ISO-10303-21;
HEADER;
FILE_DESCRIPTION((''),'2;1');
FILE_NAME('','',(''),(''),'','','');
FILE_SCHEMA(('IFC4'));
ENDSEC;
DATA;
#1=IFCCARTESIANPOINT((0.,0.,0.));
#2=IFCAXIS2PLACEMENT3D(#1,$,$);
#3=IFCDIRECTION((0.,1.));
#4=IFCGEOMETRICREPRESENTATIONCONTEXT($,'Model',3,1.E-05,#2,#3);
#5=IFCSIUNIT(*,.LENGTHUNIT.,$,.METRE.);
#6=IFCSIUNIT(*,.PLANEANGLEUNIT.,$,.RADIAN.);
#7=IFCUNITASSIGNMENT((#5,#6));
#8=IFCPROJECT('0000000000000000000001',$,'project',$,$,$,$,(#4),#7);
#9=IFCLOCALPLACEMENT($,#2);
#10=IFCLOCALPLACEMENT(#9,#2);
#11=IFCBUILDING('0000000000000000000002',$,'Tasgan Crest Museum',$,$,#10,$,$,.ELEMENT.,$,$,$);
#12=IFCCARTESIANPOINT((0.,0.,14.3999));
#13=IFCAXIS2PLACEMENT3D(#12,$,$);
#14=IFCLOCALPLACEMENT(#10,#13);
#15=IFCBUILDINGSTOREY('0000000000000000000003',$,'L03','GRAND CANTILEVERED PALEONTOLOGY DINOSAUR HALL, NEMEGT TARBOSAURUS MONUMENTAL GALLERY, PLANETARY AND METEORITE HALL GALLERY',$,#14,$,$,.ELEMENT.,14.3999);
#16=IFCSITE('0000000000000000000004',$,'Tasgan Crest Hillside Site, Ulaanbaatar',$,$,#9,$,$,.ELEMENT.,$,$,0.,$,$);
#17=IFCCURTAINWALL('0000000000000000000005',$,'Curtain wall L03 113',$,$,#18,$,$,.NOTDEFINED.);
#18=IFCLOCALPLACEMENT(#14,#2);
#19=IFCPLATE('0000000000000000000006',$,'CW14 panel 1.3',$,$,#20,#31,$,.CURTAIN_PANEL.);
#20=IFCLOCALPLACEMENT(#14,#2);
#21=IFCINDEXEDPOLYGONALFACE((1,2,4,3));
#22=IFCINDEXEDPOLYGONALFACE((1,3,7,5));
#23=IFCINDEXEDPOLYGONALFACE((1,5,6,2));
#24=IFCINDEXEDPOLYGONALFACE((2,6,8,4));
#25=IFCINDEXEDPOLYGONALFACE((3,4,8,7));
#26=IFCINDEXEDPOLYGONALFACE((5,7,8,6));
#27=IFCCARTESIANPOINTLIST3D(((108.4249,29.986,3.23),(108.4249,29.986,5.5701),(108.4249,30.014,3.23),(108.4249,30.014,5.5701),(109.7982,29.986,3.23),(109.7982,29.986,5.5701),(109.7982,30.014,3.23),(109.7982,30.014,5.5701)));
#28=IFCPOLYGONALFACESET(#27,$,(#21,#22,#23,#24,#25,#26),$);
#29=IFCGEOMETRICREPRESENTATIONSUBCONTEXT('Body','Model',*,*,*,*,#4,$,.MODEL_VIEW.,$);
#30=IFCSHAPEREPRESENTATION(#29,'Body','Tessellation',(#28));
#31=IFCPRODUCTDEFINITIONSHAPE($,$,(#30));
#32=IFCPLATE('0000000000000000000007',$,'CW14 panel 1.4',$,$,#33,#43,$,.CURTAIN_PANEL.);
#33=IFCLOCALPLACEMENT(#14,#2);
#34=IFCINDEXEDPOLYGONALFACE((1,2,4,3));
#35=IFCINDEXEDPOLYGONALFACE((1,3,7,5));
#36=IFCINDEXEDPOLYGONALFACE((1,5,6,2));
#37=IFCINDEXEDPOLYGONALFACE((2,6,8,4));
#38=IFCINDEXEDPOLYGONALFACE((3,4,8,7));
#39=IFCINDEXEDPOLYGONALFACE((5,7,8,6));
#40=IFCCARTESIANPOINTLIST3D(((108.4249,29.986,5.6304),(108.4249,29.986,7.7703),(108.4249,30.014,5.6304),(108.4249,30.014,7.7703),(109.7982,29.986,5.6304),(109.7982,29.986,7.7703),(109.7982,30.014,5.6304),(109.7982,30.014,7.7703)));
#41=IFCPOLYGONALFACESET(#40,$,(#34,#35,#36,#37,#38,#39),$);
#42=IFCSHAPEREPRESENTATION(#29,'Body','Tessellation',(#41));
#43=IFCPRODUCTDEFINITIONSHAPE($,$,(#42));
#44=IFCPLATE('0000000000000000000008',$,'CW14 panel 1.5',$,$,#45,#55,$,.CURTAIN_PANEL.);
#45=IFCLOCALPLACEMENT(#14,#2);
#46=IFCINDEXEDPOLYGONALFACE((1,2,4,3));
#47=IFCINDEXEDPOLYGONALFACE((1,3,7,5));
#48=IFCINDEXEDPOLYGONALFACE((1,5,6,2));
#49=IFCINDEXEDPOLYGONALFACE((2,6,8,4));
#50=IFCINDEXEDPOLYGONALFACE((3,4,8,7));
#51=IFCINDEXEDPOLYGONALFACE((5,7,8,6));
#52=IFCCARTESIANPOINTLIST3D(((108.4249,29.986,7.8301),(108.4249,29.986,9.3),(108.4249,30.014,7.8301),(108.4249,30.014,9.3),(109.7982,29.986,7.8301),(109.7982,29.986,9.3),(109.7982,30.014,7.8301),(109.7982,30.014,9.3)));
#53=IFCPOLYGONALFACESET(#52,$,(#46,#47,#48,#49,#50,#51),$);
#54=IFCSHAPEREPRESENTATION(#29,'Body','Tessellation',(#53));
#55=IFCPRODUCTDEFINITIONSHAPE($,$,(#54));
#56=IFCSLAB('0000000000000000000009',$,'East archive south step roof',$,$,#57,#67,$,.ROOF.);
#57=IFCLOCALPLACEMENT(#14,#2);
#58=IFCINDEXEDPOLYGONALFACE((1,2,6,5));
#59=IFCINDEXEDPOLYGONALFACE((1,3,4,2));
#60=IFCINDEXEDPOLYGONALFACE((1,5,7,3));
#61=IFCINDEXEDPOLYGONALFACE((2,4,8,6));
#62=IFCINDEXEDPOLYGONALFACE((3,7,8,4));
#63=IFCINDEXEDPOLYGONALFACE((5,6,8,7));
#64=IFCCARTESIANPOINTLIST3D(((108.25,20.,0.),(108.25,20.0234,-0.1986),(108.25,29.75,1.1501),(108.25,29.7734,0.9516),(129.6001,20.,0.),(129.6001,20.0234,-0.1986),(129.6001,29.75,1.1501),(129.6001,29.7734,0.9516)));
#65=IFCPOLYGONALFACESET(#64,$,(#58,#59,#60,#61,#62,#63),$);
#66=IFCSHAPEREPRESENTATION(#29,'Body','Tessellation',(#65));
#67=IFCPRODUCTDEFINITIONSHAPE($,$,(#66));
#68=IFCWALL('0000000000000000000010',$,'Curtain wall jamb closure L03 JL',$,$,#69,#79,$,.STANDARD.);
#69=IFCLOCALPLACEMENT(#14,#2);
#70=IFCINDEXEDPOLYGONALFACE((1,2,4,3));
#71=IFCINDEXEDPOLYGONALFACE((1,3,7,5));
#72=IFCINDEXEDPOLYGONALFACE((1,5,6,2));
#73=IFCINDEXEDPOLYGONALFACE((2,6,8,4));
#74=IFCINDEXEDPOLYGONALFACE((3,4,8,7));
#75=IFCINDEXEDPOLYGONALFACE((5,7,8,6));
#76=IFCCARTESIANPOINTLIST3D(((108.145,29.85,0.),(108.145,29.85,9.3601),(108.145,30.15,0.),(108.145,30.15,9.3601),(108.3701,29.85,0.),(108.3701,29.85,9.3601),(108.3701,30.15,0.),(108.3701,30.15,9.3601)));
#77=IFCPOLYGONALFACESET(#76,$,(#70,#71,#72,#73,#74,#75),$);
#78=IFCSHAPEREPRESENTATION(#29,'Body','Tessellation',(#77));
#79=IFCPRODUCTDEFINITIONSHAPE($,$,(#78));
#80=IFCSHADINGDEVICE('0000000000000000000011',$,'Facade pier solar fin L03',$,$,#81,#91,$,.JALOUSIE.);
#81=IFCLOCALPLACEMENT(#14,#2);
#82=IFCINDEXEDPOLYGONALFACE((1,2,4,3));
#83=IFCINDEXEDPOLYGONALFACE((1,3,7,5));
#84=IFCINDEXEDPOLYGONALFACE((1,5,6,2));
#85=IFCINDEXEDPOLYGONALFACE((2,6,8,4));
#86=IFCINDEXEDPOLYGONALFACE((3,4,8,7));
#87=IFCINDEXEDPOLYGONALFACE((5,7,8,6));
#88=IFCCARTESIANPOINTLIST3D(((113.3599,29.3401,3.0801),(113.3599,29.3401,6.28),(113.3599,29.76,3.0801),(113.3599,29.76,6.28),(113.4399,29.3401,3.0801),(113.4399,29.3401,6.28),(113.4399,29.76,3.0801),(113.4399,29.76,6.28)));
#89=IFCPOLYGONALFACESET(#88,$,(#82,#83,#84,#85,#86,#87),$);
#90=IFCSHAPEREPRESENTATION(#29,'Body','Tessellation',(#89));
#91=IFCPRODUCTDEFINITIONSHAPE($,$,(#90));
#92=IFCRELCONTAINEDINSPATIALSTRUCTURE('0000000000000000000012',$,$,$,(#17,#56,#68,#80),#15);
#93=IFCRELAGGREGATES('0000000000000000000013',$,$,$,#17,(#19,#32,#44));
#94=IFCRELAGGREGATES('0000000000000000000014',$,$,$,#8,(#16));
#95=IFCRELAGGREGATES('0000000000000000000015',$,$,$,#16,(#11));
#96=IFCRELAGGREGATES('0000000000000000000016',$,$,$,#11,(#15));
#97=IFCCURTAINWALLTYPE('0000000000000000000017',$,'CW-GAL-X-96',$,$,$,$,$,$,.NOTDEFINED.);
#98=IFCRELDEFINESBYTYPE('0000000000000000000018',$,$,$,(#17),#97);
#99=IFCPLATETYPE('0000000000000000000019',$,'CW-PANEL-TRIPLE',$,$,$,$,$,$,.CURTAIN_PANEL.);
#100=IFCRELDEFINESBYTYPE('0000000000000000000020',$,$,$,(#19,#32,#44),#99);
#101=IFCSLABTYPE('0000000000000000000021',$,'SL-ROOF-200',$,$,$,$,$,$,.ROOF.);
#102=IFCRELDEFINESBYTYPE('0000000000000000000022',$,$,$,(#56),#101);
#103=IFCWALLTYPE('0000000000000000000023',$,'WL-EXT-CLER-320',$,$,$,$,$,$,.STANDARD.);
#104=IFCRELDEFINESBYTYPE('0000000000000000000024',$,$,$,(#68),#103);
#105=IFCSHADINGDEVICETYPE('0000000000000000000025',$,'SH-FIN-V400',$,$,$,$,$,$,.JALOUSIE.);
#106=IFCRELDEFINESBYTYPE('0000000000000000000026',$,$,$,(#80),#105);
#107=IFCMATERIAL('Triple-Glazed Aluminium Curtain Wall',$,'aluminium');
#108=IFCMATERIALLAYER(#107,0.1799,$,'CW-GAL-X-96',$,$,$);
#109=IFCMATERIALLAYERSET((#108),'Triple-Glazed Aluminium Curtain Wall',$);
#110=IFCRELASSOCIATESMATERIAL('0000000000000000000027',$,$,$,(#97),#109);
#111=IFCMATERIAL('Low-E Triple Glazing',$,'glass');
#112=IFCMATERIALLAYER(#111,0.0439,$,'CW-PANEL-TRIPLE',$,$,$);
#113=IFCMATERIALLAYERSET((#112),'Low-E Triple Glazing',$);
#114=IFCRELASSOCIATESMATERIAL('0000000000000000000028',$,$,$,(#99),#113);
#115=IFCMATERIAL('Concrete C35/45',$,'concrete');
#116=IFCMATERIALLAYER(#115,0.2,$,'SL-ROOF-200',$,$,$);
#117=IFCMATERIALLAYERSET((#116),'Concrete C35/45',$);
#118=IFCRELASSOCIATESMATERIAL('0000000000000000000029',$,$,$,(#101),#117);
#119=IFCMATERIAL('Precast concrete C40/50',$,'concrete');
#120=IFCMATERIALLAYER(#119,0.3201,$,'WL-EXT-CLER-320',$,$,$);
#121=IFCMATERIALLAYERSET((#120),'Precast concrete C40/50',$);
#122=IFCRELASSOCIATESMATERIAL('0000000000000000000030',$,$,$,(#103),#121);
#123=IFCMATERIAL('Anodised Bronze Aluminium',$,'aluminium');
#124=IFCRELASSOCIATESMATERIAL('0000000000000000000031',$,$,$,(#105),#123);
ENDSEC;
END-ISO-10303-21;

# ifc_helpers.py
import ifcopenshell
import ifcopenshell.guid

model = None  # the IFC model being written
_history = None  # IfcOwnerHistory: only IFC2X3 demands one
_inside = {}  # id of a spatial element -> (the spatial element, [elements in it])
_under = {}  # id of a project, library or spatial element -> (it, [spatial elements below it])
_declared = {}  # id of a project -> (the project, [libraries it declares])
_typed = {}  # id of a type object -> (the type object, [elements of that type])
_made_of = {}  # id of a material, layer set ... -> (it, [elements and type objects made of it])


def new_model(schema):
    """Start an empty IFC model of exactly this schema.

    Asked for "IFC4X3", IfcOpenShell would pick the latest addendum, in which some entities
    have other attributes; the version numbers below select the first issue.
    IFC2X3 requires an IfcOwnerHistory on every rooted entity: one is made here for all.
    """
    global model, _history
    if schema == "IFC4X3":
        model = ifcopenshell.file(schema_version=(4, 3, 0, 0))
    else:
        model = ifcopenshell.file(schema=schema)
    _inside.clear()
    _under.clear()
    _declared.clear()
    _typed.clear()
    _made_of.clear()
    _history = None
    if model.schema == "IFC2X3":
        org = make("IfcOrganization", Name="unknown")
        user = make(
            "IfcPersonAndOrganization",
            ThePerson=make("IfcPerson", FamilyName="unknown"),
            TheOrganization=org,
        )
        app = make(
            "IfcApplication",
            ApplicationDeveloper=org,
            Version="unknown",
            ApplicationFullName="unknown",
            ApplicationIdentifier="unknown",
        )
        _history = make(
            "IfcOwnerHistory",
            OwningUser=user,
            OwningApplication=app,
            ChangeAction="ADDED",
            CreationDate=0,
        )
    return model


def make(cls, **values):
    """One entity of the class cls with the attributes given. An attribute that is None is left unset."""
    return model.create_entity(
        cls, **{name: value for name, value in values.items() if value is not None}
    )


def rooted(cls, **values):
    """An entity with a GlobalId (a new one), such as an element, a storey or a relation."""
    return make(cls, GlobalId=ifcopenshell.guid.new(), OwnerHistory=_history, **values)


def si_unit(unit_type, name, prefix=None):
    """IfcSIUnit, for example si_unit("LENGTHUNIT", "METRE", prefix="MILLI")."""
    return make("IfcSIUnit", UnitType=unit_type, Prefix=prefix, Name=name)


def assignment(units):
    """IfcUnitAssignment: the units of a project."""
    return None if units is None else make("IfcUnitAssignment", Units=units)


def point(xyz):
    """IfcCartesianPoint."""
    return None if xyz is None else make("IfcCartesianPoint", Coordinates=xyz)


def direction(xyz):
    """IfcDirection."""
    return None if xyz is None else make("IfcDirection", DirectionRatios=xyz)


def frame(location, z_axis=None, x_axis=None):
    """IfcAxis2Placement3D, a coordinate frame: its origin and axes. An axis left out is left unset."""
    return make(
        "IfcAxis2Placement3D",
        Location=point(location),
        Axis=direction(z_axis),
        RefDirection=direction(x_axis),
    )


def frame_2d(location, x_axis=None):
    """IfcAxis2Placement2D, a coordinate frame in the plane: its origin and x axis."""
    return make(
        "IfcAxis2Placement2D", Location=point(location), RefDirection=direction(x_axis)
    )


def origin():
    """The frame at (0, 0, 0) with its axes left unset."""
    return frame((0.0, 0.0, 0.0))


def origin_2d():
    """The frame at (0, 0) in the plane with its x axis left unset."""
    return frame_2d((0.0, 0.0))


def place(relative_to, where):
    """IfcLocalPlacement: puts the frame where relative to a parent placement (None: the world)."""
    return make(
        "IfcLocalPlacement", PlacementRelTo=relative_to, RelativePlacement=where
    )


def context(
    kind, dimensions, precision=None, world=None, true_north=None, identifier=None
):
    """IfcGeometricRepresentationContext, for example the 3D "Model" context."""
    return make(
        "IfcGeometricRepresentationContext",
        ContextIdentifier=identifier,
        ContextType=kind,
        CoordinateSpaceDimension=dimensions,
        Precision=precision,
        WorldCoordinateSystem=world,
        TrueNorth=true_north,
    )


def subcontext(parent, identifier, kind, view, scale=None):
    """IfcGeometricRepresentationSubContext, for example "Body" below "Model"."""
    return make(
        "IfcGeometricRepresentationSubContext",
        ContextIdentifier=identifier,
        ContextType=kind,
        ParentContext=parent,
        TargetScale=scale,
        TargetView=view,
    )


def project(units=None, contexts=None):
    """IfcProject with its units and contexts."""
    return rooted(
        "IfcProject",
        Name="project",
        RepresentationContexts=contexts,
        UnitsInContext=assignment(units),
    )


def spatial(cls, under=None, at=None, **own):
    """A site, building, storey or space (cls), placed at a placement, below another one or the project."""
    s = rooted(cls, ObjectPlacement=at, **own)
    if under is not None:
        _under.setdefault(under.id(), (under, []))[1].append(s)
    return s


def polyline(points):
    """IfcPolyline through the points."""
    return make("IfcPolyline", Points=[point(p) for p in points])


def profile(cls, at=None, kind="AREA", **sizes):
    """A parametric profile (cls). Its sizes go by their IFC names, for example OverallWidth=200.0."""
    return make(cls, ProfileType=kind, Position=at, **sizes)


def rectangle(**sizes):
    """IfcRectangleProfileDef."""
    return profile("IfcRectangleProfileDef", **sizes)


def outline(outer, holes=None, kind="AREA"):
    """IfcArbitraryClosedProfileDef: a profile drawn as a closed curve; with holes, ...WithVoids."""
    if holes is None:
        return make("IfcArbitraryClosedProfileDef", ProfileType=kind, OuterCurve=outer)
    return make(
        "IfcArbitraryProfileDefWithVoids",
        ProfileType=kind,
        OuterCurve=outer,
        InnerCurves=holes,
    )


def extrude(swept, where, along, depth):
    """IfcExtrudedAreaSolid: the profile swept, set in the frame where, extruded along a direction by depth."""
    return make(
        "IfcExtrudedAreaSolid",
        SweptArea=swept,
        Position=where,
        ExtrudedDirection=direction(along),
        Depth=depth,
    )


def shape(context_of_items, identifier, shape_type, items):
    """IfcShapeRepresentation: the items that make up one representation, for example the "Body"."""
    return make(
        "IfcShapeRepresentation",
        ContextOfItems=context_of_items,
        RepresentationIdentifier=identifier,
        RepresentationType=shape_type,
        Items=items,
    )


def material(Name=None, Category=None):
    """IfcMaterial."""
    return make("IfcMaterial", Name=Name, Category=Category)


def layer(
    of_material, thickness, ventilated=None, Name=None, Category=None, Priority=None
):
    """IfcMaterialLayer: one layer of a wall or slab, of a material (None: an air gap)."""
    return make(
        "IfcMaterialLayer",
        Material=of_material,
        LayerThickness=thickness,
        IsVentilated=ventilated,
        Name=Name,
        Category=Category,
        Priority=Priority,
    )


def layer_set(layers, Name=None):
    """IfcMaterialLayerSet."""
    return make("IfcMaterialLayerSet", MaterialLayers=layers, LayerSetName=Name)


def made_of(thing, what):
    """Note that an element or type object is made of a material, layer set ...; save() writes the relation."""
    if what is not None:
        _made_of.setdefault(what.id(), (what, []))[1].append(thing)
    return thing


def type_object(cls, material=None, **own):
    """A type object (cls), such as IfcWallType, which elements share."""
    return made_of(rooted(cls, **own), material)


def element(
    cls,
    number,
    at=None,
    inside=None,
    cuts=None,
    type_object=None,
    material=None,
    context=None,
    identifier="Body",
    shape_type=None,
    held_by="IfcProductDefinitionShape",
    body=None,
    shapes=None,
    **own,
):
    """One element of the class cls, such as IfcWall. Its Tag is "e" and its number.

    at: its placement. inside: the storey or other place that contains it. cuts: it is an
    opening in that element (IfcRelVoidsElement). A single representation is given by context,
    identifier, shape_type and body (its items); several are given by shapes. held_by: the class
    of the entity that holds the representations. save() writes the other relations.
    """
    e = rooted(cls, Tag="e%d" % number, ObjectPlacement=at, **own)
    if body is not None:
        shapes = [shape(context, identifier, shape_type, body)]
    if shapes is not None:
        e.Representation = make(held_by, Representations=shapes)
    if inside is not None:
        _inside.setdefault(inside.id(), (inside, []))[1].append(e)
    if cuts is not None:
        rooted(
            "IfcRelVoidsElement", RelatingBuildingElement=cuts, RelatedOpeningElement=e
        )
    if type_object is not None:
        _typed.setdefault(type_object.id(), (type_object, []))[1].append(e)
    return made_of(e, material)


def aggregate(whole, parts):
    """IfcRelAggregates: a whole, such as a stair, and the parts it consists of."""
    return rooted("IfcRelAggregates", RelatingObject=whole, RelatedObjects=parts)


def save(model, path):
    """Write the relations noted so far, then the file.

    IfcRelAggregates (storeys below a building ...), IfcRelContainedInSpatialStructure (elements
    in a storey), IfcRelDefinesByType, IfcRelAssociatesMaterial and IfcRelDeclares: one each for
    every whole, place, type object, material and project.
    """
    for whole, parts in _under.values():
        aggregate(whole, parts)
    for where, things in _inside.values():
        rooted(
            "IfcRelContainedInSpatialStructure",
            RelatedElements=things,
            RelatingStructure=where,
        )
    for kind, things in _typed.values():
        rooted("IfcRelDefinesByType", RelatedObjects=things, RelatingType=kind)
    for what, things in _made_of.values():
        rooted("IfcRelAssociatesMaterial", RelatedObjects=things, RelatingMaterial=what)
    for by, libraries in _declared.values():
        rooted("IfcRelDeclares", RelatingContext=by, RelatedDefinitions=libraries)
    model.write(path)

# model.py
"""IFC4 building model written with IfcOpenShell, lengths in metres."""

from ifc_helpers import new_model, si_unit, direction, frame, frame_2d, origin, origin_2d, place, context, subcontext, project, spatial, polyline, rectangle, outline, extrude, material, layer, layer_set, type_object, element, aggregate, save


model = new_model("IFC4")

# Units and contexts
model_context = context("Model", 3, precision=1e-05, world=origin(), true_north=direction((0.0, 1.0)))
body_context = subcontext(model_context, "Body", "Model", "MODEL_VIEW")
ifc_project = project(units=[si_unit("LENGTHUNIT", "METRE"), si_unit("PLANEANGLEUNIT", "RADIAN")], contexts=[model_context])

# Site, building, storey
site_placement = place(None, origin())
site = spatial("IfcSite", under=ifc_project, at=site_placement, Name="Tasgan Crest Hillside Site, Ulaanbaatar", CompositionType="ELEMENT", RefElevation=0.0)
building_placement = place(site_placement, origin())
building = spatial("IfcBuilding", under=site, at=building_placement, Name="Tasgan Crest Museum", CompositionType="ELEMENT")
storey_placement = place(building_placement, frame((0.0, 0.0, 14.3999)))
storey = spatial("IfcBuildingStorey", under=building, at=storey_placement, Name="L03", Description="GRAND CANTILEVERED PALEONTOLOGY DINOSAUR HALL, NEMEGT TARBOSAURUS MONUMENTAL GALLERY, PLANETARY AND METEORITE HALL GALLERY", CompositionType="ELEMENT", Elevation=14.3999)

# Curtain wall, plates
ifc_material_1 = material(Name="Triple-Glazed Aluminium Curtain Wall", Category="aluminium")
ifc_layer_1 = layer(ifc_material_1, 0.1799, Name="CW-GAL-X-96")
ifc_layer_set_1 = layer_set([ifc_layer_1], Name="Triple-Glazed Aluminium Curtain Wall")
curtain_wall_type = type_object("IfcCurtainWallType", Name="CW-GAL-X-96", PredefinedType="NOTDEFINED", material=ifc_layer_set_1)
curtain_wall_placement = place(storey_placement, origin())
curtain_wall = element("IfcCurtainWall", 1, at=curtain_wall_placement, inside=storey, type_object=curtain_wall_type, Name="Curtain wall L03 113", PredefinedType="NOTDEFINED")
ifc_material_2 = material(Name="Low-E Triple Glazing", Category="glass")
ifc_layer_2 = layer(ifc_material_2, 0.0439, Name="CW-PANEL-TRIPLE")
ifc_layer_set_2 = layer_set([ifc_layer_2], Name="Low-E Triple Glazing")
plate_type_1 = type_object("IfcPlateType", Name="CW-PANEL-TRIPLE", PredefinedType="CURTAIN_PANEL", material=ifc_layer_set_2)
plate_1_placement = place(storey_placement, frame((109.1116, 30.0, 3.23), z_axis=(0.0, 0.0, 1.0), x_axis=(1.0, 0.0, 0.0)))
plate_1 = element("IfcPlate", 2, at=plate_1_placement, type_object=plate_type_1, Name="CW14 panel 1.3", PredefinedType="CURTAIN_PANEL", context=body_context, shape_type="SweptSolid", body=[
    extrude(rectangle(XDim=1.3733, YDim=0.0281, at=origin_2d()), origin(), (0.0, 0.0, 1.0), 2.3401),
])
plate_2_placement = place(storey_placement, frame((109.1116, 30.0, 5.6304), z_axis=(0.0, 0.0, 1.0), x_axis=(1.0, 0.0, 0.0)))
plate_2 = element("IfcPlate", 3, at=plate_2_placement, type_object=plate_type_1, Name="CW14 panel 1.4", PredefinedType="CURTAIN_PANEL", context=body_context, shape_type="SweptSolid", body=[
    extrude(rectangle(XDim=1.3733, YDim=0.0281, at=origin_2d()), origin(), (0.0, 0.0, 1.0), 2.1399),
])
plate_3_placement = place(storey_placement, frame((109.1116, 30.0, 7.8301), z_axis=(0.0, 0.0, 1.0), x_axis=(1.0, 0.0, 0.0)))
plate_3 = element("IfcPlate", 4, at=plate_3_placement, type_object=plate_type_1, Name="CW14 panel 1.5", PredefinedType="CURTAIN_PANEL", context=body_context, shape_type="SweptSolid", body=[
    extrude(rectangle(XDim=1.3733, YDim=0.0281, at=origin_2d()), origin(), (0.0, 0.0, 1.0), 1.47),
])
aggregate(curtain_wall, [plate_1, plate_2, plate_3])

# Slab
ifc_material_3 = material(Name="Concrete C35/45", Category="concrete")
ifc_layer_3 = layer(ifc_material_3, 0.2, Name="SL-ROOF-200")
ifc_layer_set_3 = layer_set([ifc_layer_3], Name="Concrete C35/45")
slab_type = type_object("IfcSlabType", Name="SL-ROOF-200", PredefinedType="ROOF", material=ifc_layer_set_3)
slab_placement = place(storey_placement, frame((108.25, 20.0, 0.0), z_axis=(0.0, -0.117151, 0.993114), x_axis=(1.0, 0.0, 0.0)))
element("IfcSlab", 5, at=slab_placement, inside=storey, type_object=slab_type, Name="East archive south step roof", PredefinedType="ROOF", context=body_context, shape_type="SweptSolid", body=[
    extrude(outline(polyline([(0.0, 0.0), (21.3501, 0.0), (21.3501, 9.8176), (0.0, 9.8176), (0.0, 0.0)])), origin(), (0.0, 0.0, -1.0), 0.2),
])

# Wall
ifc_material_4 = material(Name="Precast concrete C40/50", Category="concrete")
ifc_layer_4 = layer(ifc_material_4, 0.3201, Name="WL-EXT-CLER-320")
ifc_layer_set_4 = layer_set([ifc_layer_4], Name="Precast concrete C40/50")
wall_type = type_object("IfcWallType", Name="WL-EXT-CLER-320", PredefinedType="STANDARD", material=ifc_layer_set_4)
wall_placement = place(storey_placement, frame((108.145, 30.0, 0.0), z_axis=(0.0, 0.0, 1.0), x_axis=(1.0, 0.0, 0.0)))
element("IfcWall", 6, at=wall_placement, inside=storey, type_object=wall_type, Name="Curtain wall jamb closure L03 JL", PredefinedType="STANDARD", context=body_context, shape_type="SweptSolid", body=[
    extrude(rectangle(XDim=0.2251, YDim=0.3, at=frame_2d((0.1125, 0.0))), origin(), (0.0, 0.0, 1.0), 9.3601),
])

# Shading device
ifc_material_5 = material(Name="Anodised Bronze Aluminium", Category="aluminium")
shading_device_type = type_object("IfcShadingDeviceType", Name="SH-FIN-V400", PredefinedType="JALOUSIE", material=ifc_material_5)
shading_device_placement = place(storey_placement, frame((113.3999, 29.55, 3.0801), z_axis=(0.0, 0.0, 1.0), x_axis=(1.0, 0.0, 0.0)))
element("IfcShadingDevice", 7, at=shading_device_placement, inside=storey, type_object=shading_device_type, Name="Facade pier solar fin L03", PredefinedType="JALOUSIE", context=body_context, shape_type="SweptSolid", body=[
    extrude(rectangle(XDim=0.0801, YDim=0.4199, at=origin_2d()), origin(), (0.0, 0.0, 1.0), 3.2),
])

save(model, "model.ifc")
